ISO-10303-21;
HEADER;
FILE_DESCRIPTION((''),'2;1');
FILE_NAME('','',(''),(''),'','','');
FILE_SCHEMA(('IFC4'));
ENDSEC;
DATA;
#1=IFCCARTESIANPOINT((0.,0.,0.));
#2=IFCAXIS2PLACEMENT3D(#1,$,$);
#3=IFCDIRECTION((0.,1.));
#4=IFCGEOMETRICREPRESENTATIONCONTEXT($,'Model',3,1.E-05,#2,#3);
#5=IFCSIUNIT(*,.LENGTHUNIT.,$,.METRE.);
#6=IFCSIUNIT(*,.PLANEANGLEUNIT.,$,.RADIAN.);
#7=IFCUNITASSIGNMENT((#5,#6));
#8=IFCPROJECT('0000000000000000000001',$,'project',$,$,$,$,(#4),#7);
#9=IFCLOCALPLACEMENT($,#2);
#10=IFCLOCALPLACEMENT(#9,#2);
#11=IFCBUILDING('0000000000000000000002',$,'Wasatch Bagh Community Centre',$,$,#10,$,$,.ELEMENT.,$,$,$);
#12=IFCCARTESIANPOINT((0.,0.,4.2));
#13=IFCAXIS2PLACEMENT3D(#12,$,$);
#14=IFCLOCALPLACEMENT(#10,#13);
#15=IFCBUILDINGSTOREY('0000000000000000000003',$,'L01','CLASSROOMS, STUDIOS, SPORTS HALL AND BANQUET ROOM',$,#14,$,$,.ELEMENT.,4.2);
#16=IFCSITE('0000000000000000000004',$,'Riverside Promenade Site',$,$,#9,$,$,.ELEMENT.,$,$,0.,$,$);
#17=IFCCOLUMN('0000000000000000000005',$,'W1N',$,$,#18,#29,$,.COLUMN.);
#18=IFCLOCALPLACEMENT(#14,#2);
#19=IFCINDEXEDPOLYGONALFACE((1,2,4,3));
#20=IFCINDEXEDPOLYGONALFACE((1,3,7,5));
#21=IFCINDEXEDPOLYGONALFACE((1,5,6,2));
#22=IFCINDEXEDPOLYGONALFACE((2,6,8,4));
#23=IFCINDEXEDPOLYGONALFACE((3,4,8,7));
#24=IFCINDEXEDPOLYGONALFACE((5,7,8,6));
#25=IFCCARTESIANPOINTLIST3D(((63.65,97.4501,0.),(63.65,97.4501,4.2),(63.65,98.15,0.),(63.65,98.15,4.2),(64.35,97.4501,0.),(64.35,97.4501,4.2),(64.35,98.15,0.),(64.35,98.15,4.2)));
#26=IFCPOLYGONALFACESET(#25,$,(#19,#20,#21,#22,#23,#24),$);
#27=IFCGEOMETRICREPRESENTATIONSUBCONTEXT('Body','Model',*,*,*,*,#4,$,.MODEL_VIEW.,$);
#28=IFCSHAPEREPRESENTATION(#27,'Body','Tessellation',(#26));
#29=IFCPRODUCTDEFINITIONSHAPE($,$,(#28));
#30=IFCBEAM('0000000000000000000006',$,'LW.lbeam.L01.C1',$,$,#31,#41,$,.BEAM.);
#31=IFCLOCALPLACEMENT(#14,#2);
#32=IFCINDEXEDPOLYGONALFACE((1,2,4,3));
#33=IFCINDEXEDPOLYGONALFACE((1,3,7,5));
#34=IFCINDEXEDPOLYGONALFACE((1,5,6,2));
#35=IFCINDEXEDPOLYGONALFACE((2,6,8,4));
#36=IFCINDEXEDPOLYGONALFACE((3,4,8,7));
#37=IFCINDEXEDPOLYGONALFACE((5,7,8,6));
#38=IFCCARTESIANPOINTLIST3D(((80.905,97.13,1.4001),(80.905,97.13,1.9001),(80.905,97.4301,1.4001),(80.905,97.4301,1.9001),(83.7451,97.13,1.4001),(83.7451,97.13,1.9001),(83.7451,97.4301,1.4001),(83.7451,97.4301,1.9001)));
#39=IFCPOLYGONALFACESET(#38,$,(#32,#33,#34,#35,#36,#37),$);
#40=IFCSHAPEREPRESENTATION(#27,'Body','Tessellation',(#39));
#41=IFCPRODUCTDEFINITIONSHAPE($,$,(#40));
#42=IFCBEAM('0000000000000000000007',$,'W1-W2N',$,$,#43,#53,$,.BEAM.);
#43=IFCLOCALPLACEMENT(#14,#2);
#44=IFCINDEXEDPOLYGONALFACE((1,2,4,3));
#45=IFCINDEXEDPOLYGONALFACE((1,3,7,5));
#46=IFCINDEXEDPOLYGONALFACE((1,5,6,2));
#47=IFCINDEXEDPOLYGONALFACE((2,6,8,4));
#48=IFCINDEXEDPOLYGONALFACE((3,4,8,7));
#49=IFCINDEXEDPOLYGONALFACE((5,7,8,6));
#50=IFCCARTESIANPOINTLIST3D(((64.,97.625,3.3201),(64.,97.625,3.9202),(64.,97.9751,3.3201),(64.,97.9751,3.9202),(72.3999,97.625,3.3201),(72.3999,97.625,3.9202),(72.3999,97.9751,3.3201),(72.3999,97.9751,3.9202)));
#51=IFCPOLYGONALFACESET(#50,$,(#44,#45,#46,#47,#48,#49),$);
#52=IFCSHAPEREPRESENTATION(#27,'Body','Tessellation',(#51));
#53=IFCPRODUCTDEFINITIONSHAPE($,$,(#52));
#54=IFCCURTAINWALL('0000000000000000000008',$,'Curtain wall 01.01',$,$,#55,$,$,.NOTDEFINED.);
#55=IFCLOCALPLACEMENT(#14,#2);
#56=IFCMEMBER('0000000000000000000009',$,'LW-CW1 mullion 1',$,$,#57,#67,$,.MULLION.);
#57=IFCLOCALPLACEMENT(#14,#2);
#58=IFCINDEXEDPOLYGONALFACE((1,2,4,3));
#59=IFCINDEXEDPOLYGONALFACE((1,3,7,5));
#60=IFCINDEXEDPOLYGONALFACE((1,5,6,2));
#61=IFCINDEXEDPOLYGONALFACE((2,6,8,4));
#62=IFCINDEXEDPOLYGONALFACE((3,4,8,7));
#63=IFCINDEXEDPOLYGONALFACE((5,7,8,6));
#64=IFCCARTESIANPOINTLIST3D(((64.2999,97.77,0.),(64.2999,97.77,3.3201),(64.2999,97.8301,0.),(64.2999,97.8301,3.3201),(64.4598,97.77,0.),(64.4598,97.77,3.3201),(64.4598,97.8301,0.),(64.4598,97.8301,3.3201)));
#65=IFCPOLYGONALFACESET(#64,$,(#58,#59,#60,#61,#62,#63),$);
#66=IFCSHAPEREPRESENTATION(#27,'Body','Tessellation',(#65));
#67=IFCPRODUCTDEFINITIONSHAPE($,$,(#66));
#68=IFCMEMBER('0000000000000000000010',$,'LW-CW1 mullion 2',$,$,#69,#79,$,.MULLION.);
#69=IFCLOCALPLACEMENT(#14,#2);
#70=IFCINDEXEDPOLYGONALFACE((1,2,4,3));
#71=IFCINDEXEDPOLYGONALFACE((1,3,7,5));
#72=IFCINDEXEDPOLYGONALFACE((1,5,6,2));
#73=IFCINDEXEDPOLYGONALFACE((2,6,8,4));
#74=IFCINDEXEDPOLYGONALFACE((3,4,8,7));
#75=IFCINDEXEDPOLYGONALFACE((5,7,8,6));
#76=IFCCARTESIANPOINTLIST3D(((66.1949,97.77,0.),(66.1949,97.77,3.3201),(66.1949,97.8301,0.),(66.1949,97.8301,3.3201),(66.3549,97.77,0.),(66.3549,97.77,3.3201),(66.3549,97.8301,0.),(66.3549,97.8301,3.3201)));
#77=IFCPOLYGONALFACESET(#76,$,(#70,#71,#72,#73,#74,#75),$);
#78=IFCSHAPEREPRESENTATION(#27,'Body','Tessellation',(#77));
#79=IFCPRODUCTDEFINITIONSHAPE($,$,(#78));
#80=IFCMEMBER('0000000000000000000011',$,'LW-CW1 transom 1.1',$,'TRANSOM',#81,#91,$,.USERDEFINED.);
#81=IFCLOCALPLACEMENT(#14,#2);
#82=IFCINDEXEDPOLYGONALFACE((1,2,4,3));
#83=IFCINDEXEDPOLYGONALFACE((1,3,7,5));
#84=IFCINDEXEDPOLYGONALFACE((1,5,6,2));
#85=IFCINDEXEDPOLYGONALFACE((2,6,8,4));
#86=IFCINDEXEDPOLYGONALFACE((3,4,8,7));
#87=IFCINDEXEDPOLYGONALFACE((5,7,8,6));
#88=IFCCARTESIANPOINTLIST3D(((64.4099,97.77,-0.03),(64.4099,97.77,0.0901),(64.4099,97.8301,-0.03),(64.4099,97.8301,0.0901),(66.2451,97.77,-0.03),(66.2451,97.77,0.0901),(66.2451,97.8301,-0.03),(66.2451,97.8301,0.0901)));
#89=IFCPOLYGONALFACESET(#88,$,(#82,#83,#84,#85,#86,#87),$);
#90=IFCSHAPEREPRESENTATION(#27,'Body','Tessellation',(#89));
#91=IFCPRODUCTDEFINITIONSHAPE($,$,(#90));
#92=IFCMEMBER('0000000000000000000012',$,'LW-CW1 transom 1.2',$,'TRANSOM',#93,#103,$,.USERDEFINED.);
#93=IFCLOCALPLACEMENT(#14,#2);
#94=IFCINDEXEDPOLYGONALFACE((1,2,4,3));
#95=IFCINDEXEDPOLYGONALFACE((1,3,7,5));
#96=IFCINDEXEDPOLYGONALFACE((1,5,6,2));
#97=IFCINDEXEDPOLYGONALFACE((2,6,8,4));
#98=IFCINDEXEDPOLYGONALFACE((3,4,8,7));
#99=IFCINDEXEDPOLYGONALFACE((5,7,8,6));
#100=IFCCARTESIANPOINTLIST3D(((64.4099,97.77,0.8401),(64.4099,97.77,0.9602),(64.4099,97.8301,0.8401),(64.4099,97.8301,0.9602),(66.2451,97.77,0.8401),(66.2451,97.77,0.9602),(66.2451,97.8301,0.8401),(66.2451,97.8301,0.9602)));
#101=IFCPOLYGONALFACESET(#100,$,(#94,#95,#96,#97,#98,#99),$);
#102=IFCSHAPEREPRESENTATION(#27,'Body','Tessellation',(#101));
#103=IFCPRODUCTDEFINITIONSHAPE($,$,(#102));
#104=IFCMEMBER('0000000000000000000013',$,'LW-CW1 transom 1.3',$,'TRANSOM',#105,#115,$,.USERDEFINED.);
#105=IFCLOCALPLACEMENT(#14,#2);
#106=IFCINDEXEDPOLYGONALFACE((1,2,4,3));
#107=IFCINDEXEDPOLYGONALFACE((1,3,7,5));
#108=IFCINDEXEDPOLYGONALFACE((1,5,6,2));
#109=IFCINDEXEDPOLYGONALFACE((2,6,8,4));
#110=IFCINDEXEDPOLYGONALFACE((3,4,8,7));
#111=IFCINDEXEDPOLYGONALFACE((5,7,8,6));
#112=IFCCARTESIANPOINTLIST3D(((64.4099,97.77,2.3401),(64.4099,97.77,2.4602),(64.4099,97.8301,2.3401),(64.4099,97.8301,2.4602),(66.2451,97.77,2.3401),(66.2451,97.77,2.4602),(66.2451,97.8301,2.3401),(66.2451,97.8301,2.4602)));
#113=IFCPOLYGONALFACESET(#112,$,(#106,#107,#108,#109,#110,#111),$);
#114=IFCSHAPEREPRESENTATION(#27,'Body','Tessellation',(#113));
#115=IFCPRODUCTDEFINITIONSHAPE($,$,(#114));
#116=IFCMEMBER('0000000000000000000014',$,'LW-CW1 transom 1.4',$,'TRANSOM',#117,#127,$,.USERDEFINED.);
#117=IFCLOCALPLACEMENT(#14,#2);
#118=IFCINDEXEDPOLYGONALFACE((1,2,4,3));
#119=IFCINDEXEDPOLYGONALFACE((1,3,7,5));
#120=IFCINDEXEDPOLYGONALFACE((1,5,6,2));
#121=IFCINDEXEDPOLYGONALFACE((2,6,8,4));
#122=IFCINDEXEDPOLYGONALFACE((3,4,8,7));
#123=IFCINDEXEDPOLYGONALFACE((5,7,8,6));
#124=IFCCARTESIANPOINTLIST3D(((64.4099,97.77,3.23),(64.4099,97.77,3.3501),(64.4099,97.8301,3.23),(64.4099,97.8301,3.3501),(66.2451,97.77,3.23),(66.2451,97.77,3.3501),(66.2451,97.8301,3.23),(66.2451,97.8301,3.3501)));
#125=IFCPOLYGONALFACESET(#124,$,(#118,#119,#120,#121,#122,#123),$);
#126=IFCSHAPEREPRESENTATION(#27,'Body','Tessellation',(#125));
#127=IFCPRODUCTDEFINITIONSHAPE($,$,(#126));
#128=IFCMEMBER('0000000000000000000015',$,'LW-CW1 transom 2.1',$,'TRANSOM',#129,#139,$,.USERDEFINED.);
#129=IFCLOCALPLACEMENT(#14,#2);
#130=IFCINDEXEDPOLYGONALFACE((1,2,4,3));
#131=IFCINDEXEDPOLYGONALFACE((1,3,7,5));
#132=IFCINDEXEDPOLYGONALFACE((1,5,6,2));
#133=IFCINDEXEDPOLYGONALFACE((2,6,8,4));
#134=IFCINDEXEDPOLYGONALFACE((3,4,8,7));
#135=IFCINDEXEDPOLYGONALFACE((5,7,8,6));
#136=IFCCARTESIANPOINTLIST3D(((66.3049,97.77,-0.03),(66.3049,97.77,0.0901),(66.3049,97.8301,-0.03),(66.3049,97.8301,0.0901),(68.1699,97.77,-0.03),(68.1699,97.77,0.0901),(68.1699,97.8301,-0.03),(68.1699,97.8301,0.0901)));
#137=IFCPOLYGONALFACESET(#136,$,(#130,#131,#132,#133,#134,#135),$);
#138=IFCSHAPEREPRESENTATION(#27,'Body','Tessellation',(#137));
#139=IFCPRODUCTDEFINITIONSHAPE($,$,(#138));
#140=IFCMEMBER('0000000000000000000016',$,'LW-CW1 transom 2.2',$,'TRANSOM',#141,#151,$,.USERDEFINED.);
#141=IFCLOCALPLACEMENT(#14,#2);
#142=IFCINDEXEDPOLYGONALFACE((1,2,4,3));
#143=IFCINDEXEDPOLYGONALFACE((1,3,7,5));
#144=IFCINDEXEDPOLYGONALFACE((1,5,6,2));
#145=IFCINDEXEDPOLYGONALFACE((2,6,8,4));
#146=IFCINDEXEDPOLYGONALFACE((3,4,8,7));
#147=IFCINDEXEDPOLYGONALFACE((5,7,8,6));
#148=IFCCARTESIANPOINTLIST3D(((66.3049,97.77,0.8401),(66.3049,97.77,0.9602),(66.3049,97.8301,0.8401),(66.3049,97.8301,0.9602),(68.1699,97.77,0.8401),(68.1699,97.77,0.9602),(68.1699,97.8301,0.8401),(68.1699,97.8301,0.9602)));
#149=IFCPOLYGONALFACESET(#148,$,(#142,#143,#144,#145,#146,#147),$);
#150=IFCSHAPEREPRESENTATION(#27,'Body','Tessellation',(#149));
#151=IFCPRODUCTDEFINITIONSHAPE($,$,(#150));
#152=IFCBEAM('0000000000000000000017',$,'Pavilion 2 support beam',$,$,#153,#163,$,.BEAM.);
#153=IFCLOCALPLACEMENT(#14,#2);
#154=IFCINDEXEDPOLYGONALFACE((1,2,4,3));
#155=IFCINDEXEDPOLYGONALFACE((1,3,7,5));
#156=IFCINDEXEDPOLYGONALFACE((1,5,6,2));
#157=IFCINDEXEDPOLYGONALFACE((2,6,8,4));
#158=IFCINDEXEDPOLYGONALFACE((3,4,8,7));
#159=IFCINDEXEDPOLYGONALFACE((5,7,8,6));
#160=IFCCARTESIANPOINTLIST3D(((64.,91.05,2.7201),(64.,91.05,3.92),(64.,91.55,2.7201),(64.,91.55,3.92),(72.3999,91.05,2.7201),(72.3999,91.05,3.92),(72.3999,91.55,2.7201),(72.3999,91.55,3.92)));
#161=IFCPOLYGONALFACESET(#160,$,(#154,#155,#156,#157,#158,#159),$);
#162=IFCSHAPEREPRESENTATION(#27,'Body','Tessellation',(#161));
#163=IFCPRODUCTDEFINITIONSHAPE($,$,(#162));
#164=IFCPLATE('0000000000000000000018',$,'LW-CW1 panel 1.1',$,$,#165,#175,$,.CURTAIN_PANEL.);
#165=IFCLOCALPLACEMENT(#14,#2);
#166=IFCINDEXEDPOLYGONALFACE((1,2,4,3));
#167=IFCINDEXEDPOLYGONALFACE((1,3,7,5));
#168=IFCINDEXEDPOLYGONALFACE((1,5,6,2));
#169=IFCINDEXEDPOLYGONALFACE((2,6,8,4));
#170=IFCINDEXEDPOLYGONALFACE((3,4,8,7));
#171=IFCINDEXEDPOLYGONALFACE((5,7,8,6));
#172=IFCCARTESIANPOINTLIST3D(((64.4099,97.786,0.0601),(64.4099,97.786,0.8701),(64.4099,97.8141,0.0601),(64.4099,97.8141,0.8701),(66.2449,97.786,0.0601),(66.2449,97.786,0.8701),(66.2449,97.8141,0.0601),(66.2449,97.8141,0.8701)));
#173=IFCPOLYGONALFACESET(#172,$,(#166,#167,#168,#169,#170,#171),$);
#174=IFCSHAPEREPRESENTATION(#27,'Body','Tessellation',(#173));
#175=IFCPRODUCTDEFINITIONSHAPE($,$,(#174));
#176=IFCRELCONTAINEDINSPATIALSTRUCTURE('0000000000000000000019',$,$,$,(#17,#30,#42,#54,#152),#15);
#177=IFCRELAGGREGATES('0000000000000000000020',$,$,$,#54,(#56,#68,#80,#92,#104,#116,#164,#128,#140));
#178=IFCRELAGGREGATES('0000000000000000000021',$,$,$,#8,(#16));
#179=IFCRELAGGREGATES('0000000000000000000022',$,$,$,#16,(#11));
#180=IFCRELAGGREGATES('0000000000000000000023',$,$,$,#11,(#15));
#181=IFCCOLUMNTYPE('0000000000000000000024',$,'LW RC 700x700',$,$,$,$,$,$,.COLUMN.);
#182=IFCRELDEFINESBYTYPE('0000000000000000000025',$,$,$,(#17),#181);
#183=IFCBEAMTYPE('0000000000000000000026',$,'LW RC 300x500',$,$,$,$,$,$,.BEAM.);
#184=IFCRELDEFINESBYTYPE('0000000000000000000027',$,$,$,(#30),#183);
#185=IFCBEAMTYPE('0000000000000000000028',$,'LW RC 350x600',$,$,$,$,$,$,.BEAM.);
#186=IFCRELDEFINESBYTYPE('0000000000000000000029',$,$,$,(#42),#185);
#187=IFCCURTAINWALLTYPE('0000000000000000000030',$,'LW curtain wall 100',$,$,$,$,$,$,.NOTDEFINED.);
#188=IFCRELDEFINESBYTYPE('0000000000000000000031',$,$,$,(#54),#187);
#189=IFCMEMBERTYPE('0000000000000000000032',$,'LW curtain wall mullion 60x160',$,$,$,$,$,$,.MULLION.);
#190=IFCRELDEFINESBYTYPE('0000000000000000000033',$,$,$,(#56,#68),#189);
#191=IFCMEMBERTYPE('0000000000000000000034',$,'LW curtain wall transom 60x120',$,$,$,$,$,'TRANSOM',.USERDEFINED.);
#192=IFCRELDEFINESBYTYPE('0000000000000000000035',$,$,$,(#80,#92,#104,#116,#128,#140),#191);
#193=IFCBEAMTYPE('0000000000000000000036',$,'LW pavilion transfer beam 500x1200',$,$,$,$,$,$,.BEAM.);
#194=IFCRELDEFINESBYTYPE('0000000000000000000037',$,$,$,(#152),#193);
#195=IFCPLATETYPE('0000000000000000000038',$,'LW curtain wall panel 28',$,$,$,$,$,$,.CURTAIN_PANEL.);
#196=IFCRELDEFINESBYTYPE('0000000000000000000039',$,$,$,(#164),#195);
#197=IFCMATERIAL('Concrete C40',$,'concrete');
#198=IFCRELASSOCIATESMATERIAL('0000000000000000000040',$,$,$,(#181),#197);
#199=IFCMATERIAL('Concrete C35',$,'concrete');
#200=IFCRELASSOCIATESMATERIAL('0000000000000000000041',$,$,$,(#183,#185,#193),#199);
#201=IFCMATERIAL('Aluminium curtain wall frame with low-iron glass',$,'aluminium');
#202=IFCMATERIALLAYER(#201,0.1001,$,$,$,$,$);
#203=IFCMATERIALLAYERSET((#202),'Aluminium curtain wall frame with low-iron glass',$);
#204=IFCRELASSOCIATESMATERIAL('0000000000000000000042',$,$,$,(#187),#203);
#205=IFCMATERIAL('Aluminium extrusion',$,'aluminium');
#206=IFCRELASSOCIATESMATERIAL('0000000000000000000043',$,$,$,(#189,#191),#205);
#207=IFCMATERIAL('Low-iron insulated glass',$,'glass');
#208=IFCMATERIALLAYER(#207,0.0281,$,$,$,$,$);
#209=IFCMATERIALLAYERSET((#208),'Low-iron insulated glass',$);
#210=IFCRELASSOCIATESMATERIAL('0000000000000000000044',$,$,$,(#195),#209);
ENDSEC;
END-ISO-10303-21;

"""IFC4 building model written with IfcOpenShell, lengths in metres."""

from ifc_helpers import new_model, si_unit, direction, frame, origin, origin_2d, place, context, subcontext, project, spatial, rectangle, extrude, material, layer, layer_set, material_profile, profile_set, type_object, element, aggregate, save


model = new_model("IFC4")

# Units and contexts
model_context = context("Model", 3, precision=1e-05, world=origin(), true_north=direction((0.0, 1.0)))
body_context = subcontext(model_context, "Body", "Model", "MODEL_VIEW")
ifc_project = project(units=[si_unit("LENGTHUNIT", "METRE"), si_unit("PLANEANGLEUNIT", "RADIAN")], contexts=[model_context])

# Site, building, storey
site_placement = place(None, origin())
site = spatial("IfcSite", under=ifc_project, at=site_placement, Name="Riverside Promenade Site", CompositionType="ELEMENT", RefElevation=0.0)
building_placement = place(site_placement, origin())
building = spatial("IfcBuilding", under=site, at=building_placement, Name="Wasatch Bagh Community Centre", CompositionType="ELEMENT")
storey_placement = place(building_placement, frame((0.0, 0.0, 4.2)))
storey = spatial("IfcBuildingStorey", under=building, at=storey_placement, Name="L01", Description="CLASSROOMS, STUDIOS, SPORTS HALL AND BANQUET ROOM", CompositionType="ELEMENT", Elevation=4.2)

# Column
ifc_material_1 = material(Name="Concrete C40", Category="concrete")
ifc_material_profile_1 = material_profile(ifc_material_1, rectangle(XDim=0.7, YDim=0.7, at=origin_2d()), Name="RC 700x700")
ifc_profile_set_1 = profile_set([ifc_material_profile_1], Name="Concrete C40")
column_type = type_object("IfcColumnType", Name="LW RC 700x700", PredefinedType="COLUMN", material=ifc_profile_set_1)
column_placement = place(storey_placement, frame((64.0, 97.8, 0.0), z_axis=(0.0, 0.0, 1.0), x_axis=(1.0, 0.0, 0.0)))
element("IfcColumn", 1, at=column_placement, inside=storey, type_object=column_type, Name="W1N", PredefinedType="COLUMN", context=body_context, shape_type="SweptSolid", body=[
    extrude(rectangle(XDim=0.7, YDim=0.7, at=origin_2d()), origin(), (0.0, 0.0, 1.0), 4.2),
])

# Beams
ifc_material_2 = material(Name="Concrete C35", Category="concrete")
ifc_material_profile_2 = material_profile(ifc_material_2, rectangle(XDim=0.3, YDim=0.5, at=origin_2d()), Name="RC 300x500")
ifc_profile_set_2 = profile_set([ifc_material_profile_2], Name="Concrete C35")
beam_type_1 = type_object("IfcBeamType", Name="LW RC 300x500", PredefinedType="BEAM", material=ifc_profile_set_2)
beam_1_placement = place(storey_placement, frame((80.905, 97.28, 1.6501), z_axis=(1.0, 0.0, 0.0), x_axis=(0.0, 1.0, 0.0)))
element("IfcBeam", 2, at=beam_1_placement, inside=storey, type_object=beam_type_1, Name="LW.lbeam.L01.C1", PredefinedType="BEAM", context=body_context, shape_type="SweptSolid", body=[
    extrude(rectangle(XDim=0.3, YDim=0.5, at=origin_2d()), origin(), (0.0, 0.0, 1.0), 2.8401),
])
ifc_material_profile_3 = material_profile(ifc_material_2, rectangle(XDim=0.3501, YDim=0.6001, at=origin_2d()), Name="RC 350x600")
ifc_profile_set_3 = profile_set([ifc_material_profile_3], Name="Concrete C35")
beam_type_2 = type_object("IfcBeamType", Name="LW RC 350x600", PredefinedType="BEAM", material=ifc_profile_set_3)
beam_2_placement = place(storey_placement, frame((64.0, 97.8, 3.6201), z_axis=(1.0, 0.0, 0.0), x_axis=(0.0, 1.0, 0.0)))
element("IfcBeam", 3, at=beam_2_placement, inside=storey, type_object=beam_type_2, Name="W1-W2N", PredefinedType="BEAM", context=body_context, shape_type="SweptSolid", body=[
    extrude(rectangle(XDim=0.3501, YDim=0.6001, at=origin_2d()), origin(), (0.0, 0.0, 1.0), 8.3999),
])

# Curtain wall, members
ifc_material_3 = material(Name="Aluminium curtain wall frame with low-iron glass", Category="aluminium")
ifc_layer_1 = layer(ifc_material_3, 0.1001)
ifc_layer_set_1 = layer_set([ifc_layer_1], Name="Aluminium curtain wall frame with low-iron glass")
curtain_wall_type = type_object("IfcCurtainWallType", Name="LW curtain wall 100", PredefinedType="NOTDEFINED", material=ifc_layer_set_1)
curtain_wall_placement = place(storey_placement, origin())
curtain_wall = element("IfcCurtainWall", 4, at=curtain_wall_placement, inside=storey, type_object=curtain_wall_type, Name="Curtain wall 01.01", PredefinedType="NOTDEFINED")
ifc_material_4 = material(Name="Aluminium extrusion", Category="aluminium")
ifc_material_profile_4 = material_profile(ifc_material_4, rectangle(XDim=0.0601, YDim=0.1599, at=origin_2d()), Name="AL 60x160")
ifc_profile_set_4 = profile_set([ifc_material_profile_4], Name="Aluminium extrusion")
member_type_1 = type_object("IfcMemberType", Name="LW curtain wall mullion 60x160", PredefinedType="MULLION", material=ifc_profile_set_4)
member_1_placement = place(storey_placement, frame((64.3799, 97.8, 0.0), z_axis=(0.0, 0.0, 1.0), x_axis=(0.0, 1.0, 0.0)))
member_1 = element("IfcMember", 5, at=member_1_placement, type_object=member_type_1, Name="LW-CW1 mullion 1", PredefinedType="MULLION", context=body_context, shape_type="SweptSolid", body=[
    extrude(rectangle(XDim=0.0601, YDim=0.1599, at=origin_2d()), origin(), (0.0, 0.0, 1.0), 3.3201),
])
member_2_placement = place(storey_placement, frame((66.2749, 97.8, 0.0), z_axis=(0.0, 0.0, 1.0), x_axis=(0.0, 1.0, 0.0)))
member_2 = element("IfcMember", 6, at=member_2_placement, type_object=member_type_1, Name="LW-CW1 mullion 2", PredefinedType="MULLION", context=body_context, shape_type="SweptSolid", body=[
    extrude(rectangle(XDim=0.0601, YDim=0.1599, at=origin_2d()), origin(), (0.0, 0.0, 1.0), 3.3201),
])
ifc_material_profile_5 = material_profile(ifc_material_4, rectangle(XDim=0.0601, YDim=0.1201, at=origin_2d()), Name="AL 60x120")
ifc_profile_set_5 = profile_set([ifc_material_profile_5], Name="Aluminium extrusion")
member_type_2 = type_object("IfcMemberType", Name="LW curtain wall transom 60x120", ElementType="TRANSOM", PredefinedType="USERDEFINED", material=ifc_profile_set_5)
member_3_placement = place(storey_placement, frame((64.4099, 97.8, 0.03), z_axis=(1.0, 0.0, 0.0), x_axis=(0.0, 1.0, 0.0)))
member_3 = element("IfcMember", 7, at=member_3_placement, type_object=member_type_2, Name="LW-CW1 transom 1.1", ObjectType="TRANSOM", PredefinedType="USERDEFINED", context=body_context, shape_type="SweptSolid", body=[
    extrude(rectangle(XDim=0.0601, YDim=0.1201, at=origin_2d()), origin(), (0.0, 0.0, 1.0), 1.8352),
])
member_4_placement = place(storey_placement, frame((64.4099, 97.8, 0.9001), z_axis=(1.0, 0.0, 0.0), x_axis=(0.0, 1.0, 0.0)))
member_4 = element("IfcMember", 8, at=member_4_placement, type_object=member_type_2, Name="LW-CW1 transom 1.2", ObjectType="TRANSOM", PredefinedType="USERDEFINED", context=body_context, shape_type="SweptSolid", body=[
    extrude(rectangle(XDim=0.0601, YDim=0.1201, at=origin_2d()), origin(), (0.0, 0.0, 1.0), 1.8352),
])
member_5_placement = place(storey_placement, frame((64.4099, 97.8, 2.4001), z_axis=(1.0, 0.0, 0.0), x_axis=(0.0, 1.0, 0.0)))
member_5 = element("IfcMember", 9, at=member_5_placement, type_object=member_type_2, Name="LW-CW1 transom 1.3", ObjectType="TRANSOM", PredefinedType="USERDEFINED", context=body_context, shape_type="SweptSolid", body=[
    extrude(rectangle(XDim=0.0601, YDim=0.1201, at=origin_2d()), origin(), (0.0, 0.0, 1.0), 1.8352),
])
member_6_placement = place(storey_placement, frame((64.4099, 97.8, 3.29), z_axis=(1.0, 0.0, 0.0), x_axis=(0.0, 1.0, 0.0)))
member_6 = element("IfcMember", 10, at=member_6_placement, type_object=member_type_2, Name="LW-CW1 transom 1.4", ObjectType="TRANSOM", PredefinedType="USERDEFINED", context=body_context, shape_type="SweptSolid", body=[
    extrude(rectangle(XDim=0.0601, YDim=0.1201, at=origin_2d()), origin(), (0.0, 0.0, 1.0), 1.8352),
])
member_7_placement = place(storey_placement, frame((66.3049, 97.8, 0.03), z_axis=(1.0, 0.0, 0.0), x_axis=(0.0, 1.0, 0.0)))
member_7 = element("IfcMember", 11, at=member_7_placement, type_object=member_type_2, Name="LW-CW1 transom 2.1", ObjectType="TRANSOM", PredefinedType="USERDEFINED", context=body_context, shape_type="SweptSolid", body=[
    extrude(rectangle(XDim=0.0601, YDim=0.1201, at=origin_2d()), origin(), (0.0, 0.0, 1.0), 1.865),
])
member_8_placement = place(storey_placement, frame((66.3049, 97.8, 0.9001), z_axis=(1.0, 0.0, 0.0), x_axis=(0.0, 1.0, 0.0)))
member_8 = element("IfcMember", 12, at=member_8_placement, type_object=member_type_2, Name="LW-CW1 transom 2.2", ObjectType="TRANSOM", PredefinedType="USERDEFINED", context=body_context, shape_type="SweptSolid", body=[
    extrude(rectangle(XDim=0.0601, YDim=0.1201, at=origin_2d()), origin(), (0.0, 0.0, 1.0), 1.865),
])

# Beam
ifc_material_profile_6 = material_profile(ifc_material_2, rectangle(XDim=0.5, YDim=1.2, at=origin_2d()), Name="RC 500x1200")
ifc_profile_set_6 = profile_set([ifc_material_profile_6], Name="Concrete C35")
beam_type_3 = type_object("IfcBeamType", Name="LW pavilion transfer beam 500x1200", PredefinedType="BEAM", material=ifc_profile_set_6)
beam_3_placement = place(storey_placement, frame((64.0, 91.3, 3.3201), z_axis=(1.0, 0.0, 0.0), x_axis=(0.0, 1.0, 0.0)))
element("IfcBeam", 13, at=beam_3_placement, inside=storey, type_object=beam_type_3, Name="Pavilion 2 support beam", PredefinedType="BEAM", context=body_context, shape_type="SweptSolid", body=[
    extrude(rectangle(XDim=0.5, YDim=1.2, at=origin_2d()), origin(), (0.0, 0.0, 1.0), 8.3999),
])

# Plate
ifc_material_5 = material(Name="Low-iron insulated glass", Category="glass")
ifc_layer_2 = layer(ifc_material_5, 0.0281)
ifc_layer_set_2 = layer_set([ifc_layer_2], Name="Low-iron insulated glass")
plate_type_1 = type_object("IfcPlateType", Name="LW curtain wall panel 28", PredefinedType="CURTAIN_PANEL", material=ifc_layer_set_2)
plate_1_placement = place(storey_placement, frame((65.3274, 97.8, 0.0601), z_axis=(0.0, 0.0, 1.0), x_axis=(1.0, 0.0, 0.0)))
plate_1 = element("IfcPlate", 14, at=plate_1_placement, type_object=plate_type_1, Name="LW-CW1 panel 1.1", PredefinedType="CURTAIN_PANEL", context=body_context, shape_type="SweptSolid", body=[
    extrude(rectangle(XDim=1.835, YDim=0.0281, at=origin_2d()), origin(), (0.0, 0.0, 1.0), 0.8101),
])
aggregate(curtain_wall, [member_1, member_2, member_3, member_4, member_5, member_6, plate_1, member_7, member_8])

save(model, "model.ifc")
